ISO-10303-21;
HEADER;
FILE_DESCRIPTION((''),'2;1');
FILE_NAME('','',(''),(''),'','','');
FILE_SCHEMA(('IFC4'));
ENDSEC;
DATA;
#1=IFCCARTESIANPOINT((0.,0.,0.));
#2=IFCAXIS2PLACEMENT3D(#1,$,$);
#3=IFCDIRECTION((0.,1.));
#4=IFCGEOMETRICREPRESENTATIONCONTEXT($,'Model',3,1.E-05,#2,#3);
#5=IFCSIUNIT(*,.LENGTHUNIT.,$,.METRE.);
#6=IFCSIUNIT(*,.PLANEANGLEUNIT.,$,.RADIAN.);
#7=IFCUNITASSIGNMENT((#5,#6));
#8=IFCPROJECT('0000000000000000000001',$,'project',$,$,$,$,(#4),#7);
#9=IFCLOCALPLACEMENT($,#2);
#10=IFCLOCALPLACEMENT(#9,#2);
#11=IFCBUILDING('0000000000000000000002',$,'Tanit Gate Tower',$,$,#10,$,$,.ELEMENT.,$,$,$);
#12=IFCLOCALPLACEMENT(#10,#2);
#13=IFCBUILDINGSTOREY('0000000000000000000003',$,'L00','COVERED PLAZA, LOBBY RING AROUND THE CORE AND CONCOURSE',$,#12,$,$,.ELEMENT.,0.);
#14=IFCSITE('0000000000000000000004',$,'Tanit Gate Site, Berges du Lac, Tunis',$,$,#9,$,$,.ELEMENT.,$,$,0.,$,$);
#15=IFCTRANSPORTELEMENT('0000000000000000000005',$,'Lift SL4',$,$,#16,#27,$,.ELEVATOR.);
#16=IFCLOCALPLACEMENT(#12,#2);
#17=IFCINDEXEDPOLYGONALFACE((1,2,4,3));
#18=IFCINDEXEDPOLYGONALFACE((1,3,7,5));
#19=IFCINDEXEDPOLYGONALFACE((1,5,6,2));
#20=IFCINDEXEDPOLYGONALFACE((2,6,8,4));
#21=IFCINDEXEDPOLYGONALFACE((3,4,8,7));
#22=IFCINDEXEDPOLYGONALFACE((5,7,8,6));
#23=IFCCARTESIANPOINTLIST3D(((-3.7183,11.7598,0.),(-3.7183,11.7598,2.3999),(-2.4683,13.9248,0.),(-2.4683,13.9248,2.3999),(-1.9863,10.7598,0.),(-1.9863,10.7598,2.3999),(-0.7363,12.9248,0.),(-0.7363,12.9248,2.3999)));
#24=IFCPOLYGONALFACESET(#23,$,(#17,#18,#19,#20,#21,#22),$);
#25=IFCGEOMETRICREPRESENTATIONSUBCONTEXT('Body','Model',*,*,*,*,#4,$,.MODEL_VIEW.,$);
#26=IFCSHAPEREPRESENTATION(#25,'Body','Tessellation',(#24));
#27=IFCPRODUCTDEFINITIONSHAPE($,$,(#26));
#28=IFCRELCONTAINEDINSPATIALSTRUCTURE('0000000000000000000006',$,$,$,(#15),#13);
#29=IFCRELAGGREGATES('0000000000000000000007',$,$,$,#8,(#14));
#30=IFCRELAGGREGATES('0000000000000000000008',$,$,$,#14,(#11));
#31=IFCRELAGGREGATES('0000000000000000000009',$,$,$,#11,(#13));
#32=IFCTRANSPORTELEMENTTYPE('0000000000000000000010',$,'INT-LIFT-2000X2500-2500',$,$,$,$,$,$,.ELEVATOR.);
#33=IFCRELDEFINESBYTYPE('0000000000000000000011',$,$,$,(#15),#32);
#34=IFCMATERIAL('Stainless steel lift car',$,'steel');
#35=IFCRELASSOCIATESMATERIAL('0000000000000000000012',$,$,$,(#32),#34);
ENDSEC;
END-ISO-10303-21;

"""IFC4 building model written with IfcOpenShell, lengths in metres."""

from ifc_helpers import new_model, si_unit, direction, frame, origin, origin_2d, place, context, subcontext, project, spatial, rectangle, extrude, material, type_object, element, save


model = new_model("IFC4")

# Units and contexts
model_context = context("Model", 3, precision=1e-05, world=origin(), true_north=direction((0.0, 1.0)))
body_context = subcontext(model_context, "Body", "Model", "MODEL_VIEW")
ifc_project = project(units=[si_unit("LENGTHUNIT", "METRE"), si_unit("PLANEANGLEUNIT", "RADIAN")], contexts=[model_context])

# Site, building, storey
site_placement = place(None, origin())
site = spatial("IfcSite", under=ifc_project, at=site_placement, Name="Tanit Gate Site, Berges du Lac, Tunis", CompositionType="ELEMENT", RefElevation=0.0)
building_placement = place(site_placement, origin())
building = spatial("IfcBuilding", under=site, at=building_placement, Name="Tanit Gate Tower", CompositionType="ELEMENT")
storey_placement = place(building_placement, origin())
storey = spatial("IfcBuildingStorey", under=building, at=storey_placement, Name="L00", Description="COVERED PLAZA, LOBBY RING AROUND THE CORE AND CONCOURSE", CompositionType="ELEMENT", Elevation=0.0)

# Transport element
ifc_material_1 = material(Name="Stainless steel lift car", Category="steel")
transport_element_type = type_object("IfcTransportElementType", Name="INT-LIFT-2000X2500-2500", PredefinedType="ELEVATOR", material=ifc_material_1)
for number, where, z_axis, x_axis, name in (
    (1, (-2.2273, 12.3423, 0.0), (0.0, 0.0, 1.0), (-0.866025, 0.5, 0.0), "Lift SL4"),
):
    element("IfcTransportElement", number, at=place(storey_placement, frame(where, z_axis=z_axis, x_axis=x_axis)), inside=storey, type_object=transport_element_type, Name=name, PredefinedType="ELEVATOR", context=body_context, shape_type="SweptSolid", body=[
        extrude(rectangle(XDim=2.0, YDim=2.5, at=origin_2d()), origin(), (0.0, 0.0, 1.0), 2.3999),
    ])

save(model, "model.ifc")
